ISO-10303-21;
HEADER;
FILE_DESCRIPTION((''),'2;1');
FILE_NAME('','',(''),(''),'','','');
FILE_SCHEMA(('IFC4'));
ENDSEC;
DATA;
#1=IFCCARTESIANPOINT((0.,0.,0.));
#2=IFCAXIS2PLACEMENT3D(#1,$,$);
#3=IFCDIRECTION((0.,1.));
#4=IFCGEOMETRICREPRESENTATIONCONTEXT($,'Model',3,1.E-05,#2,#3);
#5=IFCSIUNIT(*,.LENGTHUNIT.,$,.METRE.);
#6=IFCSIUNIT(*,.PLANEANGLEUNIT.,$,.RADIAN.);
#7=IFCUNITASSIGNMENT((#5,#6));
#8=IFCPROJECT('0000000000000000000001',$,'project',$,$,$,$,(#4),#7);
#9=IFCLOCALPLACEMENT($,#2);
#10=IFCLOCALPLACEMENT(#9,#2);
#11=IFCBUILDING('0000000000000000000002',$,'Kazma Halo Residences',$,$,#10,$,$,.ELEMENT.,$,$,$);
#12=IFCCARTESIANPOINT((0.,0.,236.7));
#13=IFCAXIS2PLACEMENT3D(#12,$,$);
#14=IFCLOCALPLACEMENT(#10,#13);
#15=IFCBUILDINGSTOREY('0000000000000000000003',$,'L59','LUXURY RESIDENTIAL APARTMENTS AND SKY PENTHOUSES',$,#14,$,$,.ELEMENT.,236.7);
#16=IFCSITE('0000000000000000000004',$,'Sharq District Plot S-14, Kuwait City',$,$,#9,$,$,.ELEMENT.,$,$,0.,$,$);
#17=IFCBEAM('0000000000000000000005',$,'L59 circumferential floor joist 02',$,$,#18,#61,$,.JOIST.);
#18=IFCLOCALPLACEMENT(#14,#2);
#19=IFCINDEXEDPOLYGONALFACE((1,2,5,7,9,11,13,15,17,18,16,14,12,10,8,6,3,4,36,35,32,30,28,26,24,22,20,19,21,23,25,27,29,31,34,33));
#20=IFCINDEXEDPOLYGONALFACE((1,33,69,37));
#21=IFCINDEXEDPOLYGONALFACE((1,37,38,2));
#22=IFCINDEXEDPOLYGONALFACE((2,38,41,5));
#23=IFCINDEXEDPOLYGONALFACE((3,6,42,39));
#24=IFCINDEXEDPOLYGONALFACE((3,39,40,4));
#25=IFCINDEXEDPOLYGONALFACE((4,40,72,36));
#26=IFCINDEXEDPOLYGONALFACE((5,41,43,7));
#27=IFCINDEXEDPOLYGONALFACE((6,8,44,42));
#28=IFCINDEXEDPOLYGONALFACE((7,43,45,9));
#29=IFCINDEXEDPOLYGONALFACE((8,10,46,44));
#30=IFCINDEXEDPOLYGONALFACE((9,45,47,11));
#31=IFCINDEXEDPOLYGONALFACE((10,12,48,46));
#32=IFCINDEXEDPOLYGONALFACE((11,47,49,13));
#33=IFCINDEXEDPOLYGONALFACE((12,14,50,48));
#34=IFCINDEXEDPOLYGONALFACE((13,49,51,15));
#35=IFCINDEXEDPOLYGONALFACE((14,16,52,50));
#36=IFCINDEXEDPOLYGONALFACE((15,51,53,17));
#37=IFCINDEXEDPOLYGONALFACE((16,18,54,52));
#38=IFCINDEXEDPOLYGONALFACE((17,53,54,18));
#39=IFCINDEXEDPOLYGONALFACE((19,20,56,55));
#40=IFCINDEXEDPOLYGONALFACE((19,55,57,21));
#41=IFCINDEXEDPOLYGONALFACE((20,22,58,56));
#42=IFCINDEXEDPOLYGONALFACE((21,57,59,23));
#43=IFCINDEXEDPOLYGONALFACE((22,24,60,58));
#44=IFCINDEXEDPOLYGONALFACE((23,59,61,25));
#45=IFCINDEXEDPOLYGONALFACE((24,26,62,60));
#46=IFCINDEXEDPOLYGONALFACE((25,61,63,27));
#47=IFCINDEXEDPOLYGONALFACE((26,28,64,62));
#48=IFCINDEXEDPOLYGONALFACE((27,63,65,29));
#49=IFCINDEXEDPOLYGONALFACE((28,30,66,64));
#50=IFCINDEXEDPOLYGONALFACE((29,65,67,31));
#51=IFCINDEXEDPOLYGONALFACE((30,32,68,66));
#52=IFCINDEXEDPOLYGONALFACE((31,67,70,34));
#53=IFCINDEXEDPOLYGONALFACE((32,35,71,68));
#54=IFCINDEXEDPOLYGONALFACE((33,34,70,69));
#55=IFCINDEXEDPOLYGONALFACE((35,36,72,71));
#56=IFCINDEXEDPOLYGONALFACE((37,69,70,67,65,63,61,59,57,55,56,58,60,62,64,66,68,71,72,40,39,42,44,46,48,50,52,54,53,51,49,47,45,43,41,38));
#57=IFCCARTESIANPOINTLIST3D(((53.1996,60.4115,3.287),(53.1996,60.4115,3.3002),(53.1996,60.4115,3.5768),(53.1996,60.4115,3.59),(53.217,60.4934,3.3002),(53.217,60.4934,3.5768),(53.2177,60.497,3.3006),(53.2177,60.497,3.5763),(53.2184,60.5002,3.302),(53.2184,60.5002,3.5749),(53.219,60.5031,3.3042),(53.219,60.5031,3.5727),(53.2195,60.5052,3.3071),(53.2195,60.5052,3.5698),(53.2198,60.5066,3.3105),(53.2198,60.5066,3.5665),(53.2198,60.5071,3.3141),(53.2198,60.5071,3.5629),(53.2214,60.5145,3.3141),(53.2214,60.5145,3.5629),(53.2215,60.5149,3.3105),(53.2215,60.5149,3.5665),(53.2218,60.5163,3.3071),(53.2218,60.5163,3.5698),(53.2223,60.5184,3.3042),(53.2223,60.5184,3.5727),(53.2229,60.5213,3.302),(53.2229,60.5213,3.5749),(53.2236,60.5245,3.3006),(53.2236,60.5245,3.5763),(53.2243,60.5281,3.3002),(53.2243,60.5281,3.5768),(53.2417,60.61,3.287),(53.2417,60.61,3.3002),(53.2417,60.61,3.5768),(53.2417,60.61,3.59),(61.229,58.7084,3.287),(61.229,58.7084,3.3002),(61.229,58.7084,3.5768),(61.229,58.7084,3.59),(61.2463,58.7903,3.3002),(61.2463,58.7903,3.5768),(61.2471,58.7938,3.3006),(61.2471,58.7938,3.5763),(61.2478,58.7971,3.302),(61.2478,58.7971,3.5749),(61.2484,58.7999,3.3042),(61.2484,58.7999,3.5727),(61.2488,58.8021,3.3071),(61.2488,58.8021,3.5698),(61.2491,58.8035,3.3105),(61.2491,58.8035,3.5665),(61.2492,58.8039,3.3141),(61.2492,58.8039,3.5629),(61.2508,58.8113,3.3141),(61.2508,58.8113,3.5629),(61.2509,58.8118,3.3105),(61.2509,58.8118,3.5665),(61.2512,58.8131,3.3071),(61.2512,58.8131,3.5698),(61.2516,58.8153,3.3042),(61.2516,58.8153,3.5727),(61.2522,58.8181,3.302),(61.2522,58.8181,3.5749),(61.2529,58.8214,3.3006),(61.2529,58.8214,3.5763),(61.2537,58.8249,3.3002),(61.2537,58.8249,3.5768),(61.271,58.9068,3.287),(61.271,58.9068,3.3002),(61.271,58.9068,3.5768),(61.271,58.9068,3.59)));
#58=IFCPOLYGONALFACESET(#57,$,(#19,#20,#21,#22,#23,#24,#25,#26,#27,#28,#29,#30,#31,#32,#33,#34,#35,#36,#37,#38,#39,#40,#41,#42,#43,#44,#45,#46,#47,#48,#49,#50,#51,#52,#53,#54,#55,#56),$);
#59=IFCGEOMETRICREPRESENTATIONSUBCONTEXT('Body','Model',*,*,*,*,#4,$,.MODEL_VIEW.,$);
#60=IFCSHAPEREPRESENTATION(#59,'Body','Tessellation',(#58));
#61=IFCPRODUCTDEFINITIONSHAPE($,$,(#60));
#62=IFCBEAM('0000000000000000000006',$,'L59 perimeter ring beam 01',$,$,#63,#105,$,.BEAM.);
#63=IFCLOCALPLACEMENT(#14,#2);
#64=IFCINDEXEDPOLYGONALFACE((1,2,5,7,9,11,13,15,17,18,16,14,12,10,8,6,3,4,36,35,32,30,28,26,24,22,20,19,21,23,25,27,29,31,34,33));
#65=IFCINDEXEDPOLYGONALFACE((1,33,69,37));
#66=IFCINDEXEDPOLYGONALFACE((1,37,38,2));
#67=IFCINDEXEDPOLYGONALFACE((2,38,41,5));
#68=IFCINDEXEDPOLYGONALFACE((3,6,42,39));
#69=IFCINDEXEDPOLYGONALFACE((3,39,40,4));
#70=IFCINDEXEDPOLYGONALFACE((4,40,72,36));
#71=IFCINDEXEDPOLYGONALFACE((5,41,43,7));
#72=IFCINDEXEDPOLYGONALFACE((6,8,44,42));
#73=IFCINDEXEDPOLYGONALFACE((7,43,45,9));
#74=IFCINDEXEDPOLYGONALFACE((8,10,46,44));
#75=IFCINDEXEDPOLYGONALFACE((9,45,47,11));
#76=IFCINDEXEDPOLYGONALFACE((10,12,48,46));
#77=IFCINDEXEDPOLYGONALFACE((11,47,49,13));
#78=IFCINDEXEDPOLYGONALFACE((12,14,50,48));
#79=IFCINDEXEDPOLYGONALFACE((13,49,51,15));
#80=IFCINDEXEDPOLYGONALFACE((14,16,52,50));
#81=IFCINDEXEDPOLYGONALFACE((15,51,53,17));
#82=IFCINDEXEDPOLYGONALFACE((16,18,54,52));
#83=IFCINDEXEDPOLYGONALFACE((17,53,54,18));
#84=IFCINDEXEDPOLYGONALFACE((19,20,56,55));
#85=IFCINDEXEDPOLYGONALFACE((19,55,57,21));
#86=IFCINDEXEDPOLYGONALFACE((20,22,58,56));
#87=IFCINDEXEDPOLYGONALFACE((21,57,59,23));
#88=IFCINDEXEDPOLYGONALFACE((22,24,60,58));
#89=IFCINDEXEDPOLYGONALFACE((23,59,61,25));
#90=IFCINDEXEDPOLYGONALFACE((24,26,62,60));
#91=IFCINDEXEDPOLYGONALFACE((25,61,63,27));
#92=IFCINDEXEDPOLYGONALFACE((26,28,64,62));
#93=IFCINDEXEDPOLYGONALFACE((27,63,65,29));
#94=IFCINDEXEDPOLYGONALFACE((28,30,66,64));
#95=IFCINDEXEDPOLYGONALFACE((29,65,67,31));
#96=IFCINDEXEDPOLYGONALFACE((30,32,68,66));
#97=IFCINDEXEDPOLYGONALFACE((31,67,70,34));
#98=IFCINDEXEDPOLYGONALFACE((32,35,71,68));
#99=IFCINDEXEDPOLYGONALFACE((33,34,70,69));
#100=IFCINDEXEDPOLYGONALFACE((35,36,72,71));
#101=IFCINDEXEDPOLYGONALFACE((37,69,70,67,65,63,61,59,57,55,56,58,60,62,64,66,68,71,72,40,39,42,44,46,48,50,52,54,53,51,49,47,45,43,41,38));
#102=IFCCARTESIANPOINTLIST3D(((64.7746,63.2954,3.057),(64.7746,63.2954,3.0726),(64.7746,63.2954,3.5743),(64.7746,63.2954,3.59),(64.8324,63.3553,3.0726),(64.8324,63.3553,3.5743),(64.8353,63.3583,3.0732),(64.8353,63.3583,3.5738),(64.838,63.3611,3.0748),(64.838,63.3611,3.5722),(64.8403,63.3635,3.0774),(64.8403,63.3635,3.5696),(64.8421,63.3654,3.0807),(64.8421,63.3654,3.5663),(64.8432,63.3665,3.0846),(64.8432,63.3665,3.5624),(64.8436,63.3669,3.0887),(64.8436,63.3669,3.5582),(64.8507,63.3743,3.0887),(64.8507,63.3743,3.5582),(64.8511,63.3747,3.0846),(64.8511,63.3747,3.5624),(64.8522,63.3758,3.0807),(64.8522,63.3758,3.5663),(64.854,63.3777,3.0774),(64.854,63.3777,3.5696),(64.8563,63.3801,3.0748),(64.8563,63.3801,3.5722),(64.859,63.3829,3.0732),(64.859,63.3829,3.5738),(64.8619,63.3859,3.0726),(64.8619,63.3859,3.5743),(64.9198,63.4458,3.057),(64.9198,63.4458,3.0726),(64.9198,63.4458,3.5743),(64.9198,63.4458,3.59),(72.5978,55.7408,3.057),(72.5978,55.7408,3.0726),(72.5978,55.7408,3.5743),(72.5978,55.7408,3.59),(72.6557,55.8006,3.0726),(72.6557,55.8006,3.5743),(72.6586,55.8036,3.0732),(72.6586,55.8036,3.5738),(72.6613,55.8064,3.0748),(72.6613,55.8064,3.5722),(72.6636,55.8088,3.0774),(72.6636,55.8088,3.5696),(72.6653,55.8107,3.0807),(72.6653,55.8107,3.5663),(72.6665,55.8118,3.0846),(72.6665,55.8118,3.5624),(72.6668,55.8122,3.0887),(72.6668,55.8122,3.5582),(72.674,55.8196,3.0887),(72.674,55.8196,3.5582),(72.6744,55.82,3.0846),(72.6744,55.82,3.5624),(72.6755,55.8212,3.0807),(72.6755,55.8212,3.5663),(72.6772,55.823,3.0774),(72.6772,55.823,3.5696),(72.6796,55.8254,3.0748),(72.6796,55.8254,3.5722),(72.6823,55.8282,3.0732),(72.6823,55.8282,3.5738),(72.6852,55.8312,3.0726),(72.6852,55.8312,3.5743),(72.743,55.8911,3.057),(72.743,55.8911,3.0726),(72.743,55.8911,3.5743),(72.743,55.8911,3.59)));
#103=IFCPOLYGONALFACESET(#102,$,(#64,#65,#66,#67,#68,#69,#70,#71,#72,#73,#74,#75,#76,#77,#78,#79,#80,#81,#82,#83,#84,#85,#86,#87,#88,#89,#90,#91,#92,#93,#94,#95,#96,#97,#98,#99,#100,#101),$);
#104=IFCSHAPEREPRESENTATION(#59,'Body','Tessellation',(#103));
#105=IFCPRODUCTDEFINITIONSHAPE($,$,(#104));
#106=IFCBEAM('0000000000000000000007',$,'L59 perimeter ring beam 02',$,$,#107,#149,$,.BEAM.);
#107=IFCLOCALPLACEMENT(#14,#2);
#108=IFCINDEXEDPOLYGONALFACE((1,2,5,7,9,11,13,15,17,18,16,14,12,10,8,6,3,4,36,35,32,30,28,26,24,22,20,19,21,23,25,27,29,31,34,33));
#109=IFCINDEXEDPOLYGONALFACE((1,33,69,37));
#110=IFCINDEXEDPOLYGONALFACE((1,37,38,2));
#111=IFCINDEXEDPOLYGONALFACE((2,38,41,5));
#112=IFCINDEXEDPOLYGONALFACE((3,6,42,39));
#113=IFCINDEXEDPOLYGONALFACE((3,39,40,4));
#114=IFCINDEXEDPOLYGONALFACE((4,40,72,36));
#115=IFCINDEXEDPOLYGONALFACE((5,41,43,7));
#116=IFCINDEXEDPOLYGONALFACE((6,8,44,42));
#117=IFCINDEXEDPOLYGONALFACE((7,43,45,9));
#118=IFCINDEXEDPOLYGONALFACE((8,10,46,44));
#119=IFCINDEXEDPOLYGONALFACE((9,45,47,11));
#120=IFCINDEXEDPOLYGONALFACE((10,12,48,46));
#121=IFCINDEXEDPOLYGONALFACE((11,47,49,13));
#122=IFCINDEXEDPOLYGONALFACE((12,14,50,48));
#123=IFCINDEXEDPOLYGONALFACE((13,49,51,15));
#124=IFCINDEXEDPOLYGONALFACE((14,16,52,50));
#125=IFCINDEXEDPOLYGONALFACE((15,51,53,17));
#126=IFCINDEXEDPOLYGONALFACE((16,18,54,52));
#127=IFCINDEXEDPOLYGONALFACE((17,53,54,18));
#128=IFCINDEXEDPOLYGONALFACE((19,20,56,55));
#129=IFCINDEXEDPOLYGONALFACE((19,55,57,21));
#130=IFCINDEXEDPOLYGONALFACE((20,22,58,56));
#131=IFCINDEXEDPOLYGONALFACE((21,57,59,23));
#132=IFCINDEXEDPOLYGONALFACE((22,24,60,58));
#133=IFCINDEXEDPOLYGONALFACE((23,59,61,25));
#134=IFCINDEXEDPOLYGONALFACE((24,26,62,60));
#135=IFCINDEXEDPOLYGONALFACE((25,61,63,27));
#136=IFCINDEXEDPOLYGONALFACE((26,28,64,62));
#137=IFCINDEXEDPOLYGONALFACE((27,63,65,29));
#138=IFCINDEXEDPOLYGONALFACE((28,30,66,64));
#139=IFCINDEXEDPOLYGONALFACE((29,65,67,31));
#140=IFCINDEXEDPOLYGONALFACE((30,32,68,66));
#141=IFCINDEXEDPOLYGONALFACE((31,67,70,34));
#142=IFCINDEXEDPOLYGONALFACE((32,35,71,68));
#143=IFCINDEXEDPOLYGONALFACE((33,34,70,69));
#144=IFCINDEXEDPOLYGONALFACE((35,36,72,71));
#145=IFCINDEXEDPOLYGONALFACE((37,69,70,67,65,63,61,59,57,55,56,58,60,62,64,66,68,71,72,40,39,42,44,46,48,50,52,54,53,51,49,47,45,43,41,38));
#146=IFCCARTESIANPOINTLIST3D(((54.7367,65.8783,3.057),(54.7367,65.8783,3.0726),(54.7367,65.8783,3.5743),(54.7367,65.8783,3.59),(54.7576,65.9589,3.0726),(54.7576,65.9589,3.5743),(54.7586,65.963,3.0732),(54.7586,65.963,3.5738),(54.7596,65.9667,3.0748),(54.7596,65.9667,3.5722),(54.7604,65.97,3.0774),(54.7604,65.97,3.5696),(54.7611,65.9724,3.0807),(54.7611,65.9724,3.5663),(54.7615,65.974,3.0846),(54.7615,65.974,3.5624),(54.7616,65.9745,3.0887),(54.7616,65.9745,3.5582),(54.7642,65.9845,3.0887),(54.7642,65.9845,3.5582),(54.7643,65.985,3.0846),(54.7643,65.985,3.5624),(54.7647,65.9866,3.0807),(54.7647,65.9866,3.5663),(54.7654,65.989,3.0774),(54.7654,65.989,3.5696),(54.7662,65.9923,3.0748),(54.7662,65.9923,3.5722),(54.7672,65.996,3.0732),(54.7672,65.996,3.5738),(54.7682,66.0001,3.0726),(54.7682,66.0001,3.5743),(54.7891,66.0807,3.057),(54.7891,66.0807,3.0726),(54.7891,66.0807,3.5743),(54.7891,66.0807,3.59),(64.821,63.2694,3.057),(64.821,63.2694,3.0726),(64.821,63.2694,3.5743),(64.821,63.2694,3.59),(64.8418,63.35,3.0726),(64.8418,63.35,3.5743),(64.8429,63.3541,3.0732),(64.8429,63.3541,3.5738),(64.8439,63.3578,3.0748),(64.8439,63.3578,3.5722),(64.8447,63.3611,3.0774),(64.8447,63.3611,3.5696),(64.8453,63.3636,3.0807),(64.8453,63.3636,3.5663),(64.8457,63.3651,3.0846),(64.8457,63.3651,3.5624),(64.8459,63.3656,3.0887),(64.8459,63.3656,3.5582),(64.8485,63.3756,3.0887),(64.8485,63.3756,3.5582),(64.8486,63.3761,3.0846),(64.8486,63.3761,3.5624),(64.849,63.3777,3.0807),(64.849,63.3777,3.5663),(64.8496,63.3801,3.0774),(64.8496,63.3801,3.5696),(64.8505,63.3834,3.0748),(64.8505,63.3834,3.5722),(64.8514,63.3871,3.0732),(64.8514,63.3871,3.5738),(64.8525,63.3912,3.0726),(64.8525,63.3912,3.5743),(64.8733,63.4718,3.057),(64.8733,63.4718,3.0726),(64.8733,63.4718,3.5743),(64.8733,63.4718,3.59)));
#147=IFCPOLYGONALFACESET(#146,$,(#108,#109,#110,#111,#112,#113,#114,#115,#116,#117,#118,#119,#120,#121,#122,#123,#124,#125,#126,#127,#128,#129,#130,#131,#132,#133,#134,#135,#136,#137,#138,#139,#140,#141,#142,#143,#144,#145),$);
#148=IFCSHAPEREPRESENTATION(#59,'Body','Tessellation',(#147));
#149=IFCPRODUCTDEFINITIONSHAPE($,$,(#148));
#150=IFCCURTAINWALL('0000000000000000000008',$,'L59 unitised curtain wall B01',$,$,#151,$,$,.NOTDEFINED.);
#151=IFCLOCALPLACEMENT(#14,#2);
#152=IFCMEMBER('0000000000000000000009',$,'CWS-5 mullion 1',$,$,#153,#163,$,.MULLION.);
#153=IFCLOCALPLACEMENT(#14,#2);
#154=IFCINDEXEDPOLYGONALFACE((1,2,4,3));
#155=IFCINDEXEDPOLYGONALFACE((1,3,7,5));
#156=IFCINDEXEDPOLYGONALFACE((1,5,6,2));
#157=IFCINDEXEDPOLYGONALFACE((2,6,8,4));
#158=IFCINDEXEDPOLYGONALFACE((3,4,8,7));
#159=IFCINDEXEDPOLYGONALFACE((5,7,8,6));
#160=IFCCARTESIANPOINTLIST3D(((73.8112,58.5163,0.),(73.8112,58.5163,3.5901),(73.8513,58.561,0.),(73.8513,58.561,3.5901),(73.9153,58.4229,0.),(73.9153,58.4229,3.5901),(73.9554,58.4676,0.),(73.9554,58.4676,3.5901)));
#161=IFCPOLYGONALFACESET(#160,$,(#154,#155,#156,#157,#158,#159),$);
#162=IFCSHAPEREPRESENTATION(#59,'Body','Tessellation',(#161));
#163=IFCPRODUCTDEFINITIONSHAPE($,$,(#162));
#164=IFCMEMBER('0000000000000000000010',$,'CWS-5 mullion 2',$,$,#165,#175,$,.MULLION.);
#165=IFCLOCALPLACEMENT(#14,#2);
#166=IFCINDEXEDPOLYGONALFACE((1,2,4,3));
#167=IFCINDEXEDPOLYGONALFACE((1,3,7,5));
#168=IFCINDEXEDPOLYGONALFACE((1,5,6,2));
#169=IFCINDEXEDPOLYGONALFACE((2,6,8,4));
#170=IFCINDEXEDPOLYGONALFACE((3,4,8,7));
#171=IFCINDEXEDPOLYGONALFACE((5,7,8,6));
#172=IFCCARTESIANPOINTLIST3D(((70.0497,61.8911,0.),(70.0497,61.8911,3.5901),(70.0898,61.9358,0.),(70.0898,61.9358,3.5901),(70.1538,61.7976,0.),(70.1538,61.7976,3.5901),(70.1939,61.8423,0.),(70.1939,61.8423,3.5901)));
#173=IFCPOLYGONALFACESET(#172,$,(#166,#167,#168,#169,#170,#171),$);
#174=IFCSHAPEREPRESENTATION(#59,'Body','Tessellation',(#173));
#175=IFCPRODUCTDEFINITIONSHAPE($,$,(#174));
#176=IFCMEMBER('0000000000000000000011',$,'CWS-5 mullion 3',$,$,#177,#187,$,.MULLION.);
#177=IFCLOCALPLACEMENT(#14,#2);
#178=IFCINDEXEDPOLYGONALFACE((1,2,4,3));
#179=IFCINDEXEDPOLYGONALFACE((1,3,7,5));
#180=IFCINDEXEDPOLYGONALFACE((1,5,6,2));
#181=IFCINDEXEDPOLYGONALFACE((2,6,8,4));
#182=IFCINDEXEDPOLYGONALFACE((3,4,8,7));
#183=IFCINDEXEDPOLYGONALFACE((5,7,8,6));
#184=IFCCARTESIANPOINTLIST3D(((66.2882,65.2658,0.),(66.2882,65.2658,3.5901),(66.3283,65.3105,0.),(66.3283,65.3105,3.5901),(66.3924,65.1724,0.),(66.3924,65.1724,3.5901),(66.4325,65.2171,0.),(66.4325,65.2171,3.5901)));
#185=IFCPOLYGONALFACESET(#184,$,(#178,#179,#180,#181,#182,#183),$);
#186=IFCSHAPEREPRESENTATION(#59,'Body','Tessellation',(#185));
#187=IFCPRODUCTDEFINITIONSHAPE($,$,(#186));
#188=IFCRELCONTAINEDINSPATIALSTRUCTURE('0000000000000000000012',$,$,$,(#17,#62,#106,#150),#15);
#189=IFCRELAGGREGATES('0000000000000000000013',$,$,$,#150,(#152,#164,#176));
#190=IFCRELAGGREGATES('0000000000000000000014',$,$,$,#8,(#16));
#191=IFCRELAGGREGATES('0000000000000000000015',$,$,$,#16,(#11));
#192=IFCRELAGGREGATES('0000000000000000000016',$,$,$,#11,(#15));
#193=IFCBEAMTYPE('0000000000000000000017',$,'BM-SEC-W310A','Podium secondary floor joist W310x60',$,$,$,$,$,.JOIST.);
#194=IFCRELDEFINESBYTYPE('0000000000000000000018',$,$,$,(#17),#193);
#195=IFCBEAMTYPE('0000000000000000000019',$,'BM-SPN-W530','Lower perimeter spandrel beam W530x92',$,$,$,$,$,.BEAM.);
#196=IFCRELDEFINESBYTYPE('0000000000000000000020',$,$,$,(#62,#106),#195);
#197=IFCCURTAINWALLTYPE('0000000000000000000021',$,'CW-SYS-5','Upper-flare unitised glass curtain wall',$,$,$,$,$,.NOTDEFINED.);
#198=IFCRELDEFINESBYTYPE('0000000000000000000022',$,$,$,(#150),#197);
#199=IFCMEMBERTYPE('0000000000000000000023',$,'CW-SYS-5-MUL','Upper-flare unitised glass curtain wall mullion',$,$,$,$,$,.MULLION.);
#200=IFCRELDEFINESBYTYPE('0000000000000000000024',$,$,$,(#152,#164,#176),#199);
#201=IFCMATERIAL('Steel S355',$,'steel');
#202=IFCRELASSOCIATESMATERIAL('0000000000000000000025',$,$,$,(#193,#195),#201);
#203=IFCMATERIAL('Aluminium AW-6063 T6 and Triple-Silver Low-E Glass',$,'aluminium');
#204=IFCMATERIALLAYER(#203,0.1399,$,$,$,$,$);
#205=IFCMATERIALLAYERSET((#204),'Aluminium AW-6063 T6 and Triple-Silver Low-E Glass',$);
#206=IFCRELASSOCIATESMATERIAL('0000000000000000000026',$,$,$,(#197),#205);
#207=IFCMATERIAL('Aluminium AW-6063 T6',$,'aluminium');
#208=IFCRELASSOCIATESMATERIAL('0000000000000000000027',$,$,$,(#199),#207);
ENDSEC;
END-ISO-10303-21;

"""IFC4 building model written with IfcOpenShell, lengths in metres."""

from ifc_helpers import new_model, si_unit, direction, frame, origin, origin_2d, place, context, subcontext, project, spatial, rectangle, i_section, extrude, material, layer, layer_set, material_profile, profile_set, type_object, element, aggregate, save


model = new_model("IFC4")

# Units and contexts
model_context = context("Model", 3, precision=1e-05, world=origin(), true_north=direction((0.0, 1.0)))
body_context = subcontext(model_context, "Body", "Model", "MODEL_VIEW")
ifc_project = project(units=[si_unit("LENGTHUNIT", "METRE"), si_unit("PLANEANGLEUNIT", "RADIAN")], contexts=[model_context])

# Site, building, storey
site_placement = place(None, origin())
site = spatial("IfcSite", under=ifc_project, at=site_placement, Name="Sharq District Plot S-14, Kuwait City", CompositionType="ELEMENT", RefElevation=0.0)
building_placement = place(site_placement, origin())
building = spatial("IfcBuilding", under=site, at=building_placement, Name="Kazma Halo Residences", CompositionType="ELEMENT")
storey_placement = place(building_placement, frame((0.0, 0.0, 236.7)))
storey = spatial("IfcBuildingStorey", under=building, at=storey_placement, Name="L59", Description="LUXURY RESIDENTIAL APARTMENTS AND SKY PENTHOUSES", CompositionType="ELEMENT", Elevation=236.7)

# Beams
ifc_material_1 = material(Name="Steel S355", Category="steel")
ifc_material_profile_1 = material_profile(ifc_material_1, i_section(OverallWidth=0.2029, OverallDepth=0.303, WebThickness=0.0076, FlangeThickness=0.0132, FilletRadius=0.0139, at=origin_2d()), Name="W310x60")
ifc_profile_set_1 = profile_set([ifc_material_profile_1], Name="Steel S355")
beam_type_1 = type_object("IfcBeamType", Name="BM-SEC-W310A", Description="Podium secondary floor joist W310x60", PredefinedType="JOIST", material=ifc_profile_set_1)
beam_1_placement = place(storey_placement, frame((61.25, 58.8076, 3.4385), z_axis=(-0.978236, 0.207497, 0.0), x_axis=(-0.207497, -0.978236, 0.0)))
element("IfcBeam", 1, at=beam_1_placement, inside=storey, type_object=beam_type_1, Name="L59 circumferential floor joist 02", PredefinedType="JOIST", context=body_context, shape_type="SweptSolid", body=[
    extrude(i_section(OverallWidth=0.2029, OverallDepth=0.303, WebThickness=0.0076, FlangeThickness=0.0132, FilletRadius=0.0139, at=origin_2d()), origin(), (0.0, 0.0, 1.0), 8.208),
])
ifc_material_profile_2 = material_profile(ifc_material_1, i_section(OverallWidth=0.209, OverallDepth=0.533, WebThickness=0.0103, FlangeThickness=0.0156, FilletRadius=0.0161, at=origin_2d()), Name="W530x92")
ifc_profile_set_2 = profile_set([ifc_material_profile_2], Name="Steel S355")
beam_type_2 = type_object("IfcBeamType", Name="BM-SPN-W530", Description="Lower perimeter spandrel beam W530x92", PredefinedType="BEAM", material=ifc_profile_set_2)
beam_2_placement = place(storey_placement, frame((72.6704, 55.8159, 3.3235), z_axis=(-0.719346, 0.694652, 0.0), x_axis=(-0.694652, -0.719346, 0.0)))
element("IfcBeam", 2, at=beam_2_placement, inside=storey, type_object=beam_type_2, Name="L59 perimeter ring beam 01", PredefinedType="BEAM", context=body_context, shape_type="SweptSolid", body=[
    extrude(i_section(OverallWidth=0.209, OverallDepth=0.533, WebThickness=0.0103, FlangeThickness=0.0156, FilletRadius=0.0161, at=origin_2d()), origin(), (0.0, 0.0, 1.0), 10.8755),
])
beam_3_placement = place(storey_placement, frame((64.8472, 63.3706, 3.3235), z_axis=(-0.968126, 0.250464, 0.0), x_axis=(-0.250464, -0.968126, 0.0)))
element("IfcBeam", 3, at=beam_3_placement, inside=storey, type_object=beam_type_2, Name="L59 perimeter ring beam 02", PredefinedType="BEAM", context=body_context, shape_type="SweptSolid", body=[
    extrude(i_section(OverallWidth=0.209, OverallDepth=0.533, WebThickness=0.0103, FlangeThickness=0.0156, FilletRadius=0.0161, at=origin_2d()), origin(), (0.0, 0.0, 1.0), 10.4163),
])

# Curtain wall, members
ifc_material_2 = material(Name="Aluminium AW-6063 T6 and Triple-Silver Low-E Glass", Category="aluminium")
ifc_layer_1 = layer(ifc_material_2, 0.1399)
ifc_layer_set_1 = layer_set([ifc_layer_1], Name="Aluminium AW-6063 T6 and Triple-Silver Low-E Glass")
curtain_wall_type = type_object("IfcCurtainWallType", Name="CW-SYS-5", Description="Upper-flare unitised glass curtain wall", PredefinedType="NOTDEFINED", material=ifc_layer_set_1)
curtain_wall_1_placement = place(storey_placement, origin())
curtain_wall_1 = element("IfcCurtainWall", 4, at=curtain_wall_1_placement, inside=storey, type_object=curtain_wall_type, Name="L59 unitised curtain wall B01", PredefinedType="NOTDEFINED")
ifc_material_3 = material(Name="Aluminium AW-6063 T6", Category="aluminium")
ifc_material_profile_3 = material_profile(ifc_material_3, rectangle(XDim=0.0601, YDim=0.1399, at=origin_2d()), Name="CWM-60x140")
ifc_profile_set_3 = profile_set([ifc_material_profile_3], Name="Aluminium AW-6063 T6")
member_type_1 = type_object("IfcMemberType", Name="CW-SYS-5-MUL", Description="Upper-flare unitised glass curtain wall mullion", PredefinedType="MULLION", material=ifc_profile_set_3)
member_1_placement = place(storey_placement, frame((73.8833, 58.4919, 0.0), z_axis=(0.0, 0.0, 1.0), x_axis=(-0.667805, -0.744336, 0.0)))
member_1 = element("IfcMember", 5, at=member_1_placement, type_object=member_type_1, Name="CWS-5 mullion 1", PredefinedType="MULLION", context=body_context, shape_type="SweptSolid", body=[
    extrude(rectangle(XDim=0.0601, YDim=0.1399, at=origin_2d()), origin(), (0.0, 0.0, 1.0), 3.5901),
])
member_2_placement = place(storey_placement, frame((70.1218, 61.8667, 0.0), z_axis=(0.0, 0.0, 1.0), x_axis=(-0.667805, -0.744336, 0.0)))
member_2 = element("IfcMember", 6, at=member_2_placement, type_object=member_type_1, Name="CWS-5 mullion 2", PredefinedType="MULLION", context=body_context, shape_type="SweptSolid", body=[
    extrude(rectangle(XDim=0.0601, YDim=0.1399, at=origin_2d()), origin(), (0.0, 0.0, 1.0), 3.5901),
])
member_3_placement = place(storey_placement, frame((66.3604, 65.2415, 0.0), z_axis=(0.0, 0.0, 1.0), x_axis=(-0.667805, -0.744336, 0.0)))
member_3 = element("IfcMember", 7, at=member_3_placement, type_object=member_type_1, Name="CWS-5 mullion 3", PredefinedType="MULLION", context=body_context, shape_type="SweptSolid", body=[
    extrude(rectangle(XDim=0.0601, YDim=0.1399, at=origin_2d()), origin(), (0.0, 0.0, 1.0), 3.5901),
])

aggregate(curtain_wall_1, [member_1, member_2, member_3])

save(model, "model.ifc")
